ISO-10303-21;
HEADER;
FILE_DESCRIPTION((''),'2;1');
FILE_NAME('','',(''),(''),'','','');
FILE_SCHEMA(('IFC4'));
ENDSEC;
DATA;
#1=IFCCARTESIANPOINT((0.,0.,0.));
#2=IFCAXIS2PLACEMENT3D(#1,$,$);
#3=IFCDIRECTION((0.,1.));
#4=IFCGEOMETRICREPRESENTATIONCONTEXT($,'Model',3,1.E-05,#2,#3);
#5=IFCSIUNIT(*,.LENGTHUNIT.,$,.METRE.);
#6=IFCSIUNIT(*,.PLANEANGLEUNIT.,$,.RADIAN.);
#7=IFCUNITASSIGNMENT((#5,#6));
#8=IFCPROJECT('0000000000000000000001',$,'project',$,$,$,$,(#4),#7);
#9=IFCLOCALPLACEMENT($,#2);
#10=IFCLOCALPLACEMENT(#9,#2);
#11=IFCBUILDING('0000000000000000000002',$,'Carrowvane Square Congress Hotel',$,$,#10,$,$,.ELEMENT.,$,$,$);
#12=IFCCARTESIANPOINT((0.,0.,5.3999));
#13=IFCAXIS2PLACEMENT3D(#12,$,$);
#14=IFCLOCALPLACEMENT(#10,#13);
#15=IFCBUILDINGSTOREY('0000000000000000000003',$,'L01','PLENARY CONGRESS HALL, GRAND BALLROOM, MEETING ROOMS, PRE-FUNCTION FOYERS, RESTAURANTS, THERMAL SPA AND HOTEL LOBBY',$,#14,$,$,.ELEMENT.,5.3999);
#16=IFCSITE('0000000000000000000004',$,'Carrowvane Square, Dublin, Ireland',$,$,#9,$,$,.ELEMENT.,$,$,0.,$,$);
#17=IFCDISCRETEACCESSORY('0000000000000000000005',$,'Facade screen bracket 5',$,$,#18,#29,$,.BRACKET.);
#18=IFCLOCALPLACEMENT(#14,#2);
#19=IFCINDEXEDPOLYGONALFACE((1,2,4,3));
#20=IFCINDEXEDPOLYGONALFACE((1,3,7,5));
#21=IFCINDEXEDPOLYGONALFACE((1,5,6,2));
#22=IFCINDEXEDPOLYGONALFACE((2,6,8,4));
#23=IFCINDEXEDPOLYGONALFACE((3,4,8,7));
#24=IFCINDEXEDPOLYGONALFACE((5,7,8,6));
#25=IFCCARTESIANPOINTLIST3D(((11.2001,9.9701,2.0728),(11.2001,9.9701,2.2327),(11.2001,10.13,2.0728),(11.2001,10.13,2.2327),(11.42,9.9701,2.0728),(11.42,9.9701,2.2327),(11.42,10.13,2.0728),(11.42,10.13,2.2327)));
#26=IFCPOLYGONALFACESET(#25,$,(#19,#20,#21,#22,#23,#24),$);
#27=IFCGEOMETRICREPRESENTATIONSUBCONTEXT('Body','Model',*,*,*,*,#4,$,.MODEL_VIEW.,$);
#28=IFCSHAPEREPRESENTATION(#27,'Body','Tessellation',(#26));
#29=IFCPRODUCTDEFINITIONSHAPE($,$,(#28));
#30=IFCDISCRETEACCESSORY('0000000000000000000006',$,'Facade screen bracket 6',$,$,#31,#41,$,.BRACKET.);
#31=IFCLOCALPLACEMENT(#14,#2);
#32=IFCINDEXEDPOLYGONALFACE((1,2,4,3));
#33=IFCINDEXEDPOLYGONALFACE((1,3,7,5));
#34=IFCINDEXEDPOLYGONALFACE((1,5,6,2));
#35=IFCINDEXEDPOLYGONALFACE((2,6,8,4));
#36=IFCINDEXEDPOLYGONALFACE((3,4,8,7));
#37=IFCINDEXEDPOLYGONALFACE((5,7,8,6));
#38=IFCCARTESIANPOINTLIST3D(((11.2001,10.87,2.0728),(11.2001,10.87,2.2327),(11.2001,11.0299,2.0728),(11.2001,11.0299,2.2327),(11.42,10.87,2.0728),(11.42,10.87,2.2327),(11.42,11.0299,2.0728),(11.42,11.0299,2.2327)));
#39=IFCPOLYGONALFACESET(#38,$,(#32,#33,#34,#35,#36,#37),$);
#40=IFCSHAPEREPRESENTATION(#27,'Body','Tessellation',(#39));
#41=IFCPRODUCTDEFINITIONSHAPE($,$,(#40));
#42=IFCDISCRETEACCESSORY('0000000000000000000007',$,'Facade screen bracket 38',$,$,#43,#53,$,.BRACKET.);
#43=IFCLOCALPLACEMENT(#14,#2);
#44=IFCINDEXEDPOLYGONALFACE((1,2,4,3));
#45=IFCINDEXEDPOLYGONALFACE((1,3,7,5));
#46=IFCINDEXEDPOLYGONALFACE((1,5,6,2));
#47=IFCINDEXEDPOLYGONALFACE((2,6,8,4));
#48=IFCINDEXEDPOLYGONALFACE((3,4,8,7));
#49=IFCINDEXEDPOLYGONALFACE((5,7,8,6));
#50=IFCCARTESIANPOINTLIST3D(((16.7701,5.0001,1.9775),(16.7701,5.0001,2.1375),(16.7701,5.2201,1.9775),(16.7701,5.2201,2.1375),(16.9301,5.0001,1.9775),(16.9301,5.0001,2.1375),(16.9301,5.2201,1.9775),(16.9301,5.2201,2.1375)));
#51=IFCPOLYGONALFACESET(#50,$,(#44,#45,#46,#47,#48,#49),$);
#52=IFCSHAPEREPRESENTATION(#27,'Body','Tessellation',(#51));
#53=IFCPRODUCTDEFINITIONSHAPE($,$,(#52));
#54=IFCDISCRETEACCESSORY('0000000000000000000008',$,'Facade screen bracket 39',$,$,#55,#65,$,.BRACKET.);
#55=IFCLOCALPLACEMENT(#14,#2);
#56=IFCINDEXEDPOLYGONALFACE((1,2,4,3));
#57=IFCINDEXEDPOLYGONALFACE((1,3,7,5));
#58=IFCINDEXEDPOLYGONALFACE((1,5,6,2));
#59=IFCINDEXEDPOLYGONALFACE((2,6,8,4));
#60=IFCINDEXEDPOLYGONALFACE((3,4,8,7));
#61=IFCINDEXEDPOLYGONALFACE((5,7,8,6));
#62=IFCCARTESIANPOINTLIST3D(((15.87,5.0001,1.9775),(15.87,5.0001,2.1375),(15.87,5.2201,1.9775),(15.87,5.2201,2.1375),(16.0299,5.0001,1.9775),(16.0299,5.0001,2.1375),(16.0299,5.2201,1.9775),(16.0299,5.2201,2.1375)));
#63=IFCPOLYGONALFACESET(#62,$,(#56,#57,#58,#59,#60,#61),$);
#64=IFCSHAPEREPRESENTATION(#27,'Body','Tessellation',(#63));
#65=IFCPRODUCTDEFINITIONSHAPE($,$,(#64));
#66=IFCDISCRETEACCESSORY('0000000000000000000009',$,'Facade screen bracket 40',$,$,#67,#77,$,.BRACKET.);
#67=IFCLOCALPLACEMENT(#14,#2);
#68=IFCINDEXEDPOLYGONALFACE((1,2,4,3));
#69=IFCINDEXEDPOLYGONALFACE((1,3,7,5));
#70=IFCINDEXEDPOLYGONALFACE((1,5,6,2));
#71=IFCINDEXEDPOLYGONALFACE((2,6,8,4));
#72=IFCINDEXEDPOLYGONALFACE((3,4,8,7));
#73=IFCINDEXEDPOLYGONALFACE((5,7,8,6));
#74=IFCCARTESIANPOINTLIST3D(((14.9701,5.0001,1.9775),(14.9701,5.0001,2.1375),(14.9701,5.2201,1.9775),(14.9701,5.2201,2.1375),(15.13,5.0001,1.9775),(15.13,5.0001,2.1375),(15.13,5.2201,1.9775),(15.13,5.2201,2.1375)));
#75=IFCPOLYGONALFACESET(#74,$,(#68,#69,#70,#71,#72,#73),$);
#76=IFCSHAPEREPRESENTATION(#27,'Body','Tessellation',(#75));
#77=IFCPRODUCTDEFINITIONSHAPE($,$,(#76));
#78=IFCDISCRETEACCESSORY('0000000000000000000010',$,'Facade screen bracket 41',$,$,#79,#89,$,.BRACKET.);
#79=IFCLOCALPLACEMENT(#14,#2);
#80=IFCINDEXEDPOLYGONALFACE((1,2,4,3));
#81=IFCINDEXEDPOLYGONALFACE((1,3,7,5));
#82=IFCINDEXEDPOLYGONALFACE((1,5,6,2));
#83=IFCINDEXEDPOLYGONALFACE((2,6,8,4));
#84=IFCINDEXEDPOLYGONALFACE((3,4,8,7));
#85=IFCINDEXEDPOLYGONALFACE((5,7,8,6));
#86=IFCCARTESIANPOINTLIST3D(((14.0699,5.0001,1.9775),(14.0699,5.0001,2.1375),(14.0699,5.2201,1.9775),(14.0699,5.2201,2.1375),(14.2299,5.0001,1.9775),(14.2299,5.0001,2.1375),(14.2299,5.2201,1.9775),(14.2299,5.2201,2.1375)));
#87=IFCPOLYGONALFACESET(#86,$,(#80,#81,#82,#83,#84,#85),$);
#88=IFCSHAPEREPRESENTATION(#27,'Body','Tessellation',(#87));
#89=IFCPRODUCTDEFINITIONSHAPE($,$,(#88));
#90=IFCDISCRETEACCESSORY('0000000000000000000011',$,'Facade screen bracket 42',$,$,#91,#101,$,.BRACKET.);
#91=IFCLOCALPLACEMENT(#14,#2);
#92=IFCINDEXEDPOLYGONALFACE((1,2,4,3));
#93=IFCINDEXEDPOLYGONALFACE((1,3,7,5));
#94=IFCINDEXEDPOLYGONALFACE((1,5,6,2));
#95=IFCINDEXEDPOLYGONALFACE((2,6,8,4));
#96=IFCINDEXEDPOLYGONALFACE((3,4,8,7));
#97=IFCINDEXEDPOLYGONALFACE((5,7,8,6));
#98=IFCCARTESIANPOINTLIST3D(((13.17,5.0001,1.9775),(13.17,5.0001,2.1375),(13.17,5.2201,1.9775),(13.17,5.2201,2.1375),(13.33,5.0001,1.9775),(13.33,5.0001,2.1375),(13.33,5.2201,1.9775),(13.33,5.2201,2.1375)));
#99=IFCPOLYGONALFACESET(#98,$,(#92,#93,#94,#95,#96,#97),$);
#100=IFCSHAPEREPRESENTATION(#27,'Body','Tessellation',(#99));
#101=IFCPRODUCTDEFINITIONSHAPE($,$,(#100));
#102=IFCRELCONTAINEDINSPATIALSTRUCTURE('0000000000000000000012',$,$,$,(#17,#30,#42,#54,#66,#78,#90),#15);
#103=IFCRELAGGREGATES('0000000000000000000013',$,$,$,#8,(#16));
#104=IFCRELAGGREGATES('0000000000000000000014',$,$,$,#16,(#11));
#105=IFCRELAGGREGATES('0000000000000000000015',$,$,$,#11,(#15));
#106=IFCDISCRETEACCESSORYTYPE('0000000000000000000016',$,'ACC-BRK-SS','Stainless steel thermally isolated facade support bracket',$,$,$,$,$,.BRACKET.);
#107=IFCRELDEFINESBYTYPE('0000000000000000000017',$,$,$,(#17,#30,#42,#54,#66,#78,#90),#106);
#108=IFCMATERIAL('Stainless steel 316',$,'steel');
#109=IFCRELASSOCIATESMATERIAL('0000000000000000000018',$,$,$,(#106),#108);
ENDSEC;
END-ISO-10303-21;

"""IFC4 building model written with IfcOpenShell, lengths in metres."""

from ifc_helpers import new_model, si_unit, direction, frame, origin, origin_2d, place, context, subcontext, project, spatial, rectangle, extrude, material, type_object, element, save


model = new_model("IFC4")

# Units and contexts
model_context = context("Model", 3, precision=1e-05, world=origin(), true_north=direction((0.0, 1.0)))
body_context = subcontext(model_context, "Body", "Model", "MODEL_VIEW")
ifc_project = project(units=[si_unit("LENGTHUNIT", "METRE"), si_unit("PLANEANGLEUNIT", "RADIAN")], contexts=[model_context])

# Site, building, storey
site_placement = place(None, origin())
site = spatial("IfcSite", under=ifc_project, at=site_placement, Name="Carrowvane Square, Dublin, Ireland", CompositionType="ELEMENT", RefElevation=0.0)
building_placement = place(site_placement, origin())
building = spatial("IfcBuilding", under=site, at=building_placement, Name="Carrowvane Square Congress Hotel", CompositionType="ELEMENT")
storey_placement = place(building_placement, frame((0.0, 0.0, 5.3999)))
storey = spatial("IfcBuildingStorey", under=building, at=storey_placement, Name="L01", Description="PLENARY CONGRESS HALL, GRAND BALLROOM, MEETING ROOMS, PRE-FUNCTION FOYERS, RESTAURANTS, THERMAL SPA AND HOTEL LOBBY", CompositionType="ELEMENT", Elevation=5.3999)

# Discrete accessories
ifc_material_1 = material(Name="Stainless steel 316", Category="steel")
discrete_accessory_type = type_object("IfcDiscreteAccessoryType", Name="ACC-BRK-SS", Description="Stainless steel thermally isolated facade support bracket", PredefinedType="BRACKET", material=ifc_material_1)
for number, where, z_axis, x_axis, name in (
    (1, (11.3101, 10.05, 2.0728), (0.0, 0.0, 1.0), (0.0, 1.0, 0.0), "Facade screen bracket 5"),
    (2, (11.3101, 10.95, 2.0728), (0.0, 0.0, 1.0), (0.0, 1.0, 0.0), "Facade screen bracket 6"),
    (3, (16.8501, 5.1101, 1.9775), (0.0, 0.0, 1.0), (-1.0, 0.0, 0.0), "Facade screen bracket 38"),
    (4, (15.95, 5.1101, 1.9775), (0.0, 0.0, 1.0), (-1.0, 0.0, 0.0), "Facade screen bracket 39"),
    (5, (15.05, 5.1101, 1.9775), (0.0, 0.0, 1.0), (-1.0, 0.0, 0.0), "Facade screen bracket 40"),
    (6, (14.1499, 5.1101, 1.9775), (0.0, 0.0, 1.0), (-1.0, 0.0, 0.0), "Facade screen bracket 41"),
    (7, (13.25, 5.1101, 1.9775), (0.0, 0.0, 1.0), (-1.0, 0.0, 0.0), "Facade screen bracket 42"),
):
    element("IfcDiscreteAccessory", number, at=place(storey_placement, frame(where, z_axis=z_axis, x_axis=x_axis)), inside=storey, type_object=discrete_accessory_type, Name=name, PredefinedType="BRACKET", context=body_context, shape_type="SweptSolid", body=[
        extrude(rectangle(XDim=0.1599, YDim=0.22, at=origin_2d()), origin(), (0.0, 0.0, 1.0), 0.1599),
    ])

save(model, "model.ifc")
